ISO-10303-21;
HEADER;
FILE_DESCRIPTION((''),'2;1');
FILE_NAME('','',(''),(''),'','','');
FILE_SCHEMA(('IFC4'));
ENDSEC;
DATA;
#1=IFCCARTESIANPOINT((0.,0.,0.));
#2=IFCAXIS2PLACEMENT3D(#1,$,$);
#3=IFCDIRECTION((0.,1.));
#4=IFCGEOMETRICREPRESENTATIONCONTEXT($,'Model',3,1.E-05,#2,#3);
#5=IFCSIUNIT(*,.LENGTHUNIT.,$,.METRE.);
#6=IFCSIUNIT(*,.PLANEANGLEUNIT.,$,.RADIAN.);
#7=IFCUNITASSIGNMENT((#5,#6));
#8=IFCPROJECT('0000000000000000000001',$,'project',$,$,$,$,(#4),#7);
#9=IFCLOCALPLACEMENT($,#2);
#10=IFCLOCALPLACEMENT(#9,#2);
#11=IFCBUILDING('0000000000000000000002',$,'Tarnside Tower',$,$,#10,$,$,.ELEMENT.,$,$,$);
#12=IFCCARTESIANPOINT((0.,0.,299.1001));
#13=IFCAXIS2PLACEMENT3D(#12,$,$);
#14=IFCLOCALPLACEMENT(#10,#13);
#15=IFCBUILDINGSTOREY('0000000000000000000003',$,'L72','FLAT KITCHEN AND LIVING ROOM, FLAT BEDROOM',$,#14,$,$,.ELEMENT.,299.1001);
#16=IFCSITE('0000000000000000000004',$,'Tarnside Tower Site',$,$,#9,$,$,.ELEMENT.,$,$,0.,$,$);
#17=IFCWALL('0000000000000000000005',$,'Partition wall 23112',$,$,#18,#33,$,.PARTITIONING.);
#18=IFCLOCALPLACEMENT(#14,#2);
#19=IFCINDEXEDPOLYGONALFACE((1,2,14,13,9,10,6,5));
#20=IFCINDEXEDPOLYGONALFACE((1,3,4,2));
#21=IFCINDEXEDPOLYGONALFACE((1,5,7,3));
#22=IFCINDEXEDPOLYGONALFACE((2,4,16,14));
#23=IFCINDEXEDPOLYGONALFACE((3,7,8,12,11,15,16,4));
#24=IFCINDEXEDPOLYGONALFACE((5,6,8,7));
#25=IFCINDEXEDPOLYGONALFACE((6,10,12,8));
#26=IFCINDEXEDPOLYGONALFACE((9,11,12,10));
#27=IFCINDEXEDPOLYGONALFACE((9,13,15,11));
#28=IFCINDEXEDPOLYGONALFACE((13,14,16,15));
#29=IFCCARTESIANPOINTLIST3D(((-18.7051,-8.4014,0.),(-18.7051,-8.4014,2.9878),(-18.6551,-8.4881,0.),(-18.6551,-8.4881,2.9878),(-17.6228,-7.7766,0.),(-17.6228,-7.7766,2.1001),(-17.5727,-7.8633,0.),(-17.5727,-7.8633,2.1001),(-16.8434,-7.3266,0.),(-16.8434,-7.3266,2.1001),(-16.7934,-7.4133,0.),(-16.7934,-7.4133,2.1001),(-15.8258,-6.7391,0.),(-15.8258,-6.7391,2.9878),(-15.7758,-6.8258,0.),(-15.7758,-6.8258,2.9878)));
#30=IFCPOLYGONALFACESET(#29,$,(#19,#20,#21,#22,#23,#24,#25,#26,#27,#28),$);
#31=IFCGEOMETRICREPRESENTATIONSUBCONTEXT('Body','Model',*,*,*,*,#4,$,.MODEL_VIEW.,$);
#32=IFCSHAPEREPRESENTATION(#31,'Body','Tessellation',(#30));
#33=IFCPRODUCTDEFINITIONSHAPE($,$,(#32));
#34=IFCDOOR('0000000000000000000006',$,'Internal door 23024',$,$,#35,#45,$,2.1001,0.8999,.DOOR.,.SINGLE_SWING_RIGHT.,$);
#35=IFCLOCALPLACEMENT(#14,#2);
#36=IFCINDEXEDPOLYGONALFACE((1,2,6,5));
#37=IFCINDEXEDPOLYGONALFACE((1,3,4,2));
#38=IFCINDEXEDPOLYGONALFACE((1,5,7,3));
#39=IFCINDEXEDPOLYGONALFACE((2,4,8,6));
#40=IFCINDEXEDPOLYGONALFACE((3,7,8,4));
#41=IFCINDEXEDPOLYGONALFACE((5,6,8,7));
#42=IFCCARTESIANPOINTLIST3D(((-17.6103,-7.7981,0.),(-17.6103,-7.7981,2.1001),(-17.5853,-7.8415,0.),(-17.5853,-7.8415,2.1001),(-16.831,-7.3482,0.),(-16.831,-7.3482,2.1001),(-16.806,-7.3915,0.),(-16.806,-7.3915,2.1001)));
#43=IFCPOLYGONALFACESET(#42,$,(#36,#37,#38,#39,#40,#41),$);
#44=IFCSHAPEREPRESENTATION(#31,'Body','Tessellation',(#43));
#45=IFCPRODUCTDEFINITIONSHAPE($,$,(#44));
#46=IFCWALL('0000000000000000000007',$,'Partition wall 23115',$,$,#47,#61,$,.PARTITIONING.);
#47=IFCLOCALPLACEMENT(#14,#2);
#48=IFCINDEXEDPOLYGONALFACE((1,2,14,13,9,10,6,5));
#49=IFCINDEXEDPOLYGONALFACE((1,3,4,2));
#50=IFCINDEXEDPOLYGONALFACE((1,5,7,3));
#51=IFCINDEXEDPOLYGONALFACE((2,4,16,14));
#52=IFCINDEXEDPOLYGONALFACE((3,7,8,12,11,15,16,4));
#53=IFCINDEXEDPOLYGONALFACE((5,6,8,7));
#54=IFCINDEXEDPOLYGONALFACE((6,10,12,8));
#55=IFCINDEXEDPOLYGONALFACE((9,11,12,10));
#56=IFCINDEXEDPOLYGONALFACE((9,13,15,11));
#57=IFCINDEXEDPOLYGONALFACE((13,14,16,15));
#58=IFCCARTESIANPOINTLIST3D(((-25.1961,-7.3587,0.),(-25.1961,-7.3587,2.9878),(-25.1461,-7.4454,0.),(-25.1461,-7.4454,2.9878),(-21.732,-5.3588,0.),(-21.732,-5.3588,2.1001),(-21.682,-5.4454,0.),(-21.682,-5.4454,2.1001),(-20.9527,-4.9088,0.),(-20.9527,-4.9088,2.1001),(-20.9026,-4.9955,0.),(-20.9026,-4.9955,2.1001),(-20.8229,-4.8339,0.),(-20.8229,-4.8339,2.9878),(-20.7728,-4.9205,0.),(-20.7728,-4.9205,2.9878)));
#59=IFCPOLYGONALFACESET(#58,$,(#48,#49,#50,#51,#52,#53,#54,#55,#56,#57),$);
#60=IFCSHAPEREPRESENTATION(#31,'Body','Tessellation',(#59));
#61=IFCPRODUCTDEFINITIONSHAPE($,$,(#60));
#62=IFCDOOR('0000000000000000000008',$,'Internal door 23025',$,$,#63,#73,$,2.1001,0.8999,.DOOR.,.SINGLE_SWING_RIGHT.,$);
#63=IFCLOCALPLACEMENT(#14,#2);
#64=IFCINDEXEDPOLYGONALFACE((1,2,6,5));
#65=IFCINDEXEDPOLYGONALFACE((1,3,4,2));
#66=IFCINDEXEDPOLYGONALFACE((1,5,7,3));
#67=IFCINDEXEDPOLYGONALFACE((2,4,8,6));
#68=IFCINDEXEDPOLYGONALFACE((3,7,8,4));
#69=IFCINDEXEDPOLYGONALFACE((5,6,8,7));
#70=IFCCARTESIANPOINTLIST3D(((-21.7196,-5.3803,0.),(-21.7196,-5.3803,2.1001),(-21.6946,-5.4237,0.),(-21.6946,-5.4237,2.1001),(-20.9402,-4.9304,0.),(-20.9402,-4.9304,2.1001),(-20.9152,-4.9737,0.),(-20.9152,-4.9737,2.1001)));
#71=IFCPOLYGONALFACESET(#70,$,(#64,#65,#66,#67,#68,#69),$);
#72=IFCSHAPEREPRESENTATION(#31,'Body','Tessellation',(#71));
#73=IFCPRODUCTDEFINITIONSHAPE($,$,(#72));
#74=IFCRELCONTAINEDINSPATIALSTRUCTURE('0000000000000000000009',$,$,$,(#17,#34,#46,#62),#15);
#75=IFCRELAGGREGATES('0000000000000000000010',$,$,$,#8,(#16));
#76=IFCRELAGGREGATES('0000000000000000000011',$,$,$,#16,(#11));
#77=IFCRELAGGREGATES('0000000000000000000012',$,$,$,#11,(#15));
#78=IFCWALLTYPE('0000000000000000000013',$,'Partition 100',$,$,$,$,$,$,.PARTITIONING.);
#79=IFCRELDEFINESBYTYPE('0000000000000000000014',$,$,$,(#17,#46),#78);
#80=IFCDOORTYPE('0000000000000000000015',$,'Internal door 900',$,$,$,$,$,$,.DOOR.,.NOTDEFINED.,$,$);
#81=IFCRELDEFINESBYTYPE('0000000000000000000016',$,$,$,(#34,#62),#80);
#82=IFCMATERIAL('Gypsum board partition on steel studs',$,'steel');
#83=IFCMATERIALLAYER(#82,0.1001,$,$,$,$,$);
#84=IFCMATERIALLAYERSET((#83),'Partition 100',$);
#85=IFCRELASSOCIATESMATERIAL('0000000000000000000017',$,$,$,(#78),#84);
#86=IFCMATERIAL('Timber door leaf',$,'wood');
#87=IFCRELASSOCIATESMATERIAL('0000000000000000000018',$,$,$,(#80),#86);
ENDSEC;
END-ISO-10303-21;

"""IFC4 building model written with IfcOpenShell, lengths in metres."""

from ifc_helpers import new_model, si_unit, direction, frame, frame_2d, origin, place, context, subcontext, project, spatial, rectangle, extrude, material, layer, layer_set, type_object, element, fill, save


model = new_model("IFC4")

# Units and contexts
model_context = context("Model", 3, precision=1e-05, world=origin(), true_north=direction((0.0, 1.0)))
body_context = subcontext(model_context, "Body", "Model", "MODEL_VIEW")
ifc_project = project(units=[si_unit("LENGTHUNIT", "METRE"), si_unit("PLANEANGLEUNIT", "RADIAN")], contexts=[model_context])

# Site, building, storey
site_placement = place(None, origin())
site = spatial("IfcSite", under=ifc_project, at=site_placement, Name="Tarnside Tower Site", CompositionType="ELEMENT", RefElevation=0.0)
building_placement = place(site_placement, origin())
building = spatial("IfcBuilding", under=site, at=building_placement, Name="Tarnside Tower", CompositionType="ELEMENT")
storey_placement = place(building_placement, frame((0.0, 0.0, 299.1001)))
storey = spatial("IfcBuildingStorey", under=building, at=storey_placement, Name="L72", Description="FLAT KITCHEN AND LIVING ROOM, FLAT BEDROOM", CompositionType="ELEMENT", Elevation=299.1001)

# Shared definitions
ifc_material_1 = material(Name="Gypsum board partition on steel studs", Category="steel")

# Shared definitions
ifc_material_2 = material(Name="Timber door leaf", Category="wood")

# Walls, openings, doors
ifc_layer_1 = layer(ifc_material_1, 0.1001)
ifc_layer_set_1 = layer_set([ifc_layer_1], Name="Partition 100")
wall_type_1 = type_object("IfcWallType", Name="Partition 100", PredefinedType="PARTITIONING", material=ifc_layer_set_1)
wall_1_placement = place(storey_placement, frame((-15.8008, -6.7825, 0.0), z_axis=(0.0, 0.0, 1.0), x_axis=(-0.866034, -0.499985, 0.0)))
wall_1 = element("IfcWall", 1, at=wall_1_placement, inside=storey, type_object=wall_type_1, Name="Partition wall 23112", PredefinedType="PARTITIONING", context=body_context, shape_type="SweptSolid", body=[
    extrude(rectangle(XDim=3.3247, YDim=0.1001, at=frame_2d((1.6624, 0.0))), origin(), (0.0, 0.0, 1.0), 2.9878),
])
opening_1_placement = place(wall_1_placement, frame((1.175, 0.0, 0.0)))
opening_1 = element("IfcOpeningElement", 2, at=opening_1_placement, cuts=wall_1, PredefinedType="OPENING", context=body_context, shape_type="SweptSolid", body=[
    extrude(rectangle(XDim=0.8999, YDim=2.1001, at=frame_2d((0.45, 1.05))), frame((0.0, 0.0601, 0.0), z_axis=(0.0, -1.0, 0.0), x_axis=(1.0, 0.0, 0.0)), (0.0, 0.0, 1.0), 0.1201),
])
door_type_1 = type_object("IfcDoorType", Name="Internal door 900", OperationType="NOTDEFINED", PredefinedType="DOOR", material=ifc_material_2)
door_1_placement = place(opening_1_placement, origin())
door_1 = element("IfcDoor", 3, at=door_1_placement, inside=storey, type_object=door_type_1, Name="Internal door 23024", OperationType="SINGLE_SWING_RIGHT", OverallHeight=2.1001, OverallWidth=0.8999, PredefinedType="DOOR", context=body_context, shape_type="SweptSolid", body=[
    extrude(rectangle(XDim=0.8999, YDim=2.1001, at=frame_2d((0.45, 1.05))), frame((0.0, 0.0249, 0.0), z_axis=(0.0, -1.0, 0.0), x_axis=(1.0, 0.0, 0.0)), (0.0, 0.0, 1.0), 0.05),
])
fill(opening_1, door_1)
wall_2_placement = place(storey_placement, frame((-20.7979, -4.8772, 0.0), z_axis=(0.0, 0.0, 1.0), x_axis=(-0.866027, -0.499997, 0.0)))
wall_2 = element("IfcWall", 4, at=wall_2_placement, inside=storey, type_object=wall_type_1, Name="Partition wall 23115", PredefinedType="PARTITIONING", context=body_context, shape_type="SweptSolid", body=[
    extrude(rectangle(XDim=5.0498, YDim=0.1001, at=frame_2d((2.5249, 0.0))), origin(), (0.0, 0.0, 1.0), 2.9878),
])
opening_2_placement = place(wall_2_placement, frame((0.1499, 0.0, 0.0)))
opening_2 = element("IfcOpeningElement", 5, at=opening_2_placement, cuts=wall_2, PredefinedType="OPENING", context=body_context, shape_type="SweptSolid", body=[
    extrude(rectangle(XDim=0.8999, YDim=2.1001, at=frame_2d((0.45, 1.05))), frame((0.0, 0.0601, 0.0), z_axis=(0.0, -1.0, 0.0), x_axis=(1.0, 0.0, 0.0)), (0.0, 0.0, 1.0), 0.1201),
])
door_2_placement = place(opening_2_placement, origin())
door_2 = element("IfcDoor", 6, at=door_2_placement, inside=storey, type_object=door_type_1, Name="Internal door 23025", OperationType="SINGLE_SWING_RIGHT", OverallHeight=2.1001, OverallWidth=0.8999, PredefinedType="DOOR", context=body_context, shape_type="SweptSolid", body=[
    extrude(rectangle(XDim=0.8999, YDim=2.1001, at=frame_2d((0.45, 1.05))), frame((0.0, 0.0249, 0.0), z_axis=(0.0, -1.0, 0.0), x_axis=(1.0, 0.0, 0.0)), (0.0, 0.0, 1.0), 0.05),
])
fill(opening_2, door_2)

save(model, "model.ifc")
